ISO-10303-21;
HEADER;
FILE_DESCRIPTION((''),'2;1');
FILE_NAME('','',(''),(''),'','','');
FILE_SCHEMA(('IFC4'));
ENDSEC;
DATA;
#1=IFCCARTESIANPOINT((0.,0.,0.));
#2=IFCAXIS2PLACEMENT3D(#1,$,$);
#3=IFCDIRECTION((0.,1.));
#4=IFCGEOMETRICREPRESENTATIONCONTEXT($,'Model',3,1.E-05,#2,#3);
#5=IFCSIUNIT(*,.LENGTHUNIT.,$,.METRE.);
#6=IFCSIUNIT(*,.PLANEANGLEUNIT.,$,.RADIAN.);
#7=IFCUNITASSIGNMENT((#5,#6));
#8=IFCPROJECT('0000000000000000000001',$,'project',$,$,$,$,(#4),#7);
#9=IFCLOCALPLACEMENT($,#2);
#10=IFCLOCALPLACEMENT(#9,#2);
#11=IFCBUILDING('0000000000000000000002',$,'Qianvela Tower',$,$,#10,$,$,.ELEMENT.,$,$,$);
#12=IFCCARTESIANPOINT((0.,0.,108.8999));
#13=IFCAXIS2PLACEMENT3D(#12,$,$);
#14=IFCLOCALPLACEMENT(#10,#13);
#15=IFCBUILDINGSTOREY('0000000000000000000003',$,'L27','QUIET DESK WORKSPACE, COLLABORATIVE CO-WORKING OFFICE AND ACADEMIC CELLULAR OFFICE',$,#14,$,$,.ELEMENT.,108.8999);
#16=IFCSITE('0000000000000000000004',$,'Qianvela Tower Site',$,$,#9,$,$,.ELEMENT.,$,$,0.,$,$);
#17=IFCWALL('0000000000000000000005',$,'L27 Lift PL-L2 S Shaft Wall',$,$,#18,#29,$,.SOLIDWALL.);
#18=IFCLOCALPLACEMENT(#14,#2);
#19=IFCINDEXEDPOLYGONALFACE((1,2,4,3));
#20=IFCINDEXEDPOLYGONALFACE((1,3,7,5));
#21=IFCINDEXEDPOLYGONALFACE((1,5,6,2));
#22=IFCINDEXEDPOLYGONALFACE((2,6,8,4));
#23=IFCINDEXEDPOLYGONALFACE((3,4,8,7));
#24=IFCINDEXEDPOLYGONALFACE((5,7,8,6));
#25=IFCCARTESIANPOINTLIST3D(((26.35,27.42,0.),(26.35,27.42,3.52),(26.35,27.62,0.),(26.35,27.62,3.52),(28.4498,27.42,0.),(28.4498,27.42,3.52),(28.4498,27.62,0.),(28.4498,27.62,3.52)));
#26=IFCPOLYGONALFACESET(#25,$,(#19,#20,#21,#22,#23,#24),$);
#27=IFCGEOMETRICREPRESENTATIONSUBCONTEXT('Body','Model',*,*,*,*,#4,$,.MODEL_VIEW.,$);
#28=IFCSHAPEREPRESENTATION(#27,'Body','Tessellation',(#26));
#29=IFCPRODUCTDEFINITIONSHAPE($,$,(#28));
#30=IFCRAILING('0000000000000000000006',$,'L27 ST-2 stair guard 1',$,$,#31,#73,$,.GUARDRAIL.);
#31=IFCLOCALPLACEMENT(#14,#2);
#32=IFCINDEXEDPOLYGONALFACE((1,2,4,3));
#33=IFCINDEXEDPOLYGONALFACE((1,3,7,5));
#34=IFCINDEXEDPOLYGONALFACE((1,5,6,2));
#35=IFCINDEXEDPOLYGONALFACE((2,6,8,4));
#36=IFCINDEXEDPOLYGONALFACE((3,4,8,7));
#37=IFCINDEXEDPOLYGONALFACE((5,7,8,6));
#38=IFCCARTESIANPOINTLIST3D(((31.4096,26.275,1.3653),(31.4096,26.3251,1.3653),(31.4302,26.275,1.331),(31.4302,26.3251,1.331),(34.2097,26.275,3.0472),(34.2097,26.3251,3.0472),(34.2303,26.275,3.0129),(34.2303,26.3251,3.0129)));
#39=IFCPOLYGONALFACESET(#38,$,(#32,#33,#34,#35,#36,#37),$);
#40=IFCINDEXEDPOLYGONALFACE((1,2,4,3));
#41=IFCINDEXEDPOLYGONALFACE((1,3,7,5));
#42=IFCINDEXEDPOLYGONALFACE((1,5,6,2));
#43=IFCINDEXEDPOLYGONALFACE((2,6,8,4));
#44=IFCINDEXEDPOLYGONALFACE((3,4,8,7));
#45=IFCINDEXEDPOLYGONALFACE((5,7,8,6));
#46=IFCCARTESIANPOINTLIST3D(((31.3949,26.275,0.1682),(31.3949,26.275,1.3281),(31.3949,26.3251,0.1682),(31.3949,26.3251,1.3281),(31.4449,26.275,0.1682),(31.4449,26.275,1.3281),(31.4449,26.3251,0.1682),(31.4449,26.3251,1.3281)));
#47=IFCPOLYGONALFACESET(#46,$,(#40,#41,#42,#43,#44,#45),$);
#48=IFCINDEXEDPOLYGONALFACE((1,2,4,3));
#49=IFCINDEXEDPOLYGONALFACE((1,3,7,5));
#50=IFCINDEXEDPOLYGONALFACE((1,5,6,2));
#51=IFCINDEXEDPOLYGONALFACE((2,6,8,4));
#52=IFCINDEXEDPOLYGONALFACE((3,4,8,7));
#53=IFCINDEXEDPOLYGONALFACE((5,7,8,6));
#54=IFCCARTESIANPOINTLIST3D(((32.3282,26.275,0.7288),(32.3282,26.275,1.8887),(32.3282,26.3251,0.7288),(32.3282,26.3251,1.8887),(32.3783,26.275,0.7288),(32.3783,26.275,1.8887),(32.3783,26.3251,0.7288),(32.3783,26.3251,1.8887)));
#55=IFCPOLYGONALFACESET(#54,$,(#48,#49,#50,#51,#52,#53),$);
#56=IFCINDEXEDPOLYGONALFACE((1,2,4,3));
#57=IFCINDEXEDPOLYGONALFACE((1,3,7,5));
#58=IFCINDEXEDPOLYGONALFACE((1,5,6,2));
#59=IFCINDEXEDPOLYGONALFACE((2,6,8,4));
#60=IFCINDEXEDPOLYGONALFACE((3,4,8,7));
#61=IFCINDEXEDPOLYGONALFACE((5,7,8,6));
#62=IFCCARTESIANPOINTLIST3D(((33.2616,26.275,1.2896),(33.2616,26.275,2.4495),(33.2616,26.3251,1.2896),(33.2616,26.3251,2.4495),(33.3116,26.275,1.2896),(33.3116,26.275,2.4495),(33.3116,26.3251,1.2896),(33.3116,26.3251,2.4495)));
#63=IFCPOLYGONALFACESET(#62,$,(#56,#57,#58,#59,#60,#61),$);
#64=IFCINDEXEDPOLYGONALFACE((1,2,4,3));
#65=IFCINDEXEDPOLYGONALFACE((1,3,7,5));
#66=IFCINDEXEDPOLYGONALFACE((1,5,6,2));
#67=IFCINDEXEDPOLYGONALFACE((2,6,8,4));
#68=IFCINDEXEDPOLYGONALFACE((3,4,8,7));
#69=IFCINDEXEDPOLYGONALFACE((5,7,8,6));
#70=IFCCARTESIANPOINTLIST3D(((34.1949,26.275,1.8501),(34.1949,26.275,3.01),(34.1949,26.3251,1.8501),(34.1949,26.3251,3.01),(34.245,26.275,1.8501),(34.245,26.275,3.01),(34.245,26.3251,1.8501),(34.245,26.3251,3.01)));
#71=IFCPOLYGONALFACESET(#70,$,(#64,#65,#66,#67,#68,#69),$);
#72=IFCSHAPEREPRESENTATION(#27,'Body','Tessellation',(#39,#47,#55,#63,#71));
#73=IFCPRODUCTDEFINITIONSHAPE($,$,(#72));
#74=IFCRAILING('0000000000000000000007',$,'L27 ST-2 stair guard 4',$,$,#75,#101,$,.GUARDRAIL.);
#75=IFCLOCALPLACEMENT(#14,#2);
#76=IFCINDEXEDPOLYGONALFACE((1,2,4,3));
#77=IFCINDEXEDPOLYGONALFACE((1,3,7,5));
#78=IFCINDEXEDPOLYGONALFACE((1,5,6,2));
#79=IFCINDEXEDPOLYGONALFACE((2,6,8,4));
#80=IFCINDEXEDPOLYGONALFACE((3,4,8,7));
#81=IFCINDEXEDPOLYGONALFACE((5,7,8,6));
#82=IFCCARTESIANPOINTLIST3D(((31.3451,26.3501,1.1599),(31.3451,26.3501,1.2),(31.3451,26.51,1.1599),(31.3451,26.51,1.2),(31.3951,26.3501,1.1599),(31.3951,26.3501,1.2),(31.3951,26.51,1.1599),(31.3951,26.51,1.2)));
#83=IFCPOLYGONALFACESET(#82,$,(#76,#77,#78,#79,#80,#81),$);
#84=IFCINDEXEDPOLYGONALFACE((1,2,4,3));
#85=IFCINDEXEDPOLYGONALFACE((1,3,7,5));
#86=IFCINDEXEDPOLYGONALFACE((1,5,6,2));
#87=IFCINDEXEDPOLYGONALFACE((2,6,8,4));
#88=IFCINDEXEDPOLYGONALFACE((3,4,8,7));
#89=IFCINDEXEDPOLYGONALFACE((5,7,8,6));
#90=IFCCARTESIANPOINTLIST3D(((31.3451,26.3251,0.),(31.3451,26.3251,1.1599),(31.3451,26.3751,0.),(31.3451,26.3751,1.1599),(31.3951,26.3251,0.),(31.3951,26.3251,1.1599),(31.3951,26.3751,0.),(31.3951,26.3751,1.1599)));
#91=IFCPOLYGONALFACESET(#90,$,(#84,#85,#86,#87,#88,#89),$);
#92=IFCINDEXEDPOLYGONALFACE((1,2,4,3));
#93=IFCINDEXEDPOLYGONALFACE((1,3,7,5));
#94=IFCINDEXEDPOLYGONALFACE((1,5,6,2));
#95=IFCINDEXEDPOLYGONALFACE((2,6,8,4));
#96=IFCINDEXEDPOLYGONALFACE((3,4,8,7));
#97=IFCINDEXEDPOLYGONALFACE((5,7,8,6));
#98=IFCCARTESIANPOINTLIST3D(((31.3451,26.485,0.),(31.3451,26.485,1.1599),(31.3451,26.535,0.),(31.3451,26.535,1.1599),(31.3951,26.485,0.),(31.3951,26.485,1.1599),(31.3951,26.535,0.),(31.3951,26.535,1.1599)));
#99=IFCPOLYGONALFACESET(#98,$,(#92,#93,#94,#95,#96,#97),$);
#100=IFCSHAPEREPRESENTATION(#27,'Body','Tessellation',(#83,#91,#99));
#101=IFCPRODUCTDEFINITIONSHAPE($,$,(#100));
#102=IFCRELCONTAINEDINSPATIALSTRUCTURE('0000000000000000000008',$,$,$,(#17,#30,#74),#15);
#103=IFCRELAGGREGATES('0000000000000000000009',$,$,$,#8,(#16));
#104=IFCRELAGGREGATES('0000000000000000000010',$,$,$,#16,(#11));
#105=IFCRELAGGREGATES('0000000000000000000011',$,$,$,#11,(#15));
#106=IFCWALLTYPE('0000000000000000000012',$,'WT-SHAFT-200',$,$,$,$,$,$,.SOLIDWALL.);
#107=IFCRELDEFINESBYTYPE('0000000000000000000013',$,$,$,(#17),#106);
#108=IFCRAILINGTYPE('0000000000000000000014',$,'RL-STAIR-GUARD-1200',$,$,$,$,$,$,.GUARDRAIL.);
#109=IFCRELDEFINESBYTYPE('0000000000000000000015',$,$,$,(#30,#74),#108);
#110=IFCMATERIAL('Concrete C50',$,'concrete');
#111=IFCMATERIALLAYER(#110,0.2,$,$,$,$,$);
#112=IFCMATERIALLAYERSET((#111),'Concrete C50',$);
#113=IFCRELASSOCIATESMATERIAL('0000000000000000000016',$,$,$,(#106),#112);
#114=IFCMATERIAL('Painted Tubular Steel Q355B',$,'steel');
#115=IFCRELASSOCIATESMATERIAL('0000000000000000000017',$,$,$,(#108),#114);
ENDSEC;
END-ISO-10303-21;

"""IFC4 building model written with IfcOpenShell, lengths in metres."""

from ifc_helpers import new_model, si_unit, direction, frame, frame_2d, origin, origin_2d, place, context, subcontext, project, spatial, rectangle, extrude, material, layer, layer_set, type_object, element, save


model = new_model("IFC4")

# Units and contexts
model_context = context("Model", 3, precision=1e-05, world=origin(), true_north=direction((0.0, 1.0)))
body_context = subcontext(model_context, "Body", "Model", "MODEL_VIEW")
ifc_project = project(units=[si_unit("LENGTHUNIT", "METRE"), si_unit("PLANEANGLEUNIT", "RADIAN")], contexts=[model_context])

# Site, building, storey
site_placement = place(None, origin())
site = spatial("IfcSite", under=ifc_project, at=site_placement, Name="Qianvela Tower Site", CompositionType="ELEMENT", RefElevation=0.0)
building_placement = place(site_placement, origin())
building = spatial("IfcBuilding", under=site, at=building_placement, Name="Qianvela Tower", CompositionType="ELEMENT")
storey_placement = place(building_placement, frame((0.0, 0.0, 108.8999)))
storey = spatial("IfcBuildingStorey", under=building, at=storey_placement, Name="L27", Description="QUIET DESK WORKSPACE, COLLABORATIVE CO-WORKING OFFICE AND ACADEMIC CELLULAR OFFICE", CompositionType="ELEMENT", Elevation=108.8999)

# Shared definitions
ifc_material_1 = material(Name="Concrete C50", Category="concrete")
ifc_layer_1 = layer(ifc_material_1, 0.2)
ifc_layer_set_1 = layer_set([ifc_layer_1], Name="Concrete C50")
wall_type_1 = type_object("IfcWallType", Name="WT-SHAFT-200", PredefinedType="SOLIDWALL", material=ifc_layer_set_1)

# Wall
wall_1_placement = place(storey_placement, frame((26.3501, 27.52, 0.0), z_axis=(0.0, 0.0, 1.0), x_axis=(1.0, 0.0, 0.0)))
element("IfcWall", 1, at=wall_1_placement, inside=storey, type_object=wall_type_1, Name="L27 Lift PL-L2 S Shaft Wall", PredefinedType="SOLIDWALL", context=body_context, shape_type="SweptSolid", body=[
    extrude(rectangle(XDim=2.0999, YDim=0.2, at=frame_2d((1.0498, 0.0))), origin(), (0.0, 0.0, 1.0), 3.52),
])

# Railings
ifc_material_2 = material(Name="Painted Tubular Steel Q355B", Category="steel")
railing_type = type_object("IfcRailingType", Name="RL-STAIR-GUARD-1200", PredefinedType="GUARDRAIL", material=ifc_material_2)
railing_1_placement = place(storey_placement, frame((31.4199, 26.3, 0.1682)))
element("IfcRailing", 2, at=railing_1_placement, inside=storey, type_object=railing_type, Name="L27 ST-2 stair guard 1", PredefinedType="GUARDRAIL", context=body_context, shape_type="SweptSolid", body=[
    extrude(rectangle(XDim=0.05, YDim=0.04, at=origin_2d()), frame((0.0, 0.0, 1.1799), z_axis=(0.857242, 0.0, 0.514913), x_axis=(0.0, 1.0, 0.0)), (0.0, 0.0, 1.0), 3.2664),
    extrude(rectangle(XDim=0.05, YDim=0.05, at=origin_2d()), origin(), (0.0, 0.0, 1.0), 1.1599),
    extrude(rectangle(XDim=0.05, YDim=0.05, at=origin_2d()), frame((0.9333, 0.0, 0.5605)), (0.0, 0.0, 1.0), 1.1599),
    extrude(rectangle(XDim=0.05, YDim=0.05, at=origin_2d()), frame((1.8667, 0.0, 1.1213)), (0.0, 0.0, 1.0), 1.1599),
    extrude(rectangle(XDim=0.05, YDim=0.05, at=origin_2d()), frame((2.8, 0.0, 1.6819)), (0.0, 0.0, 1.0), 1.1599),
])
railing_2_placement = place(storey_placement, frame((31.3701, 26.3501, 0.0)))
element("IfcRailing", 3, at=railing_2_placement, inside=storey, type_object=railing_type, Name="L27 ST-2 stair guard 4", PredefinedType="GUARDRAIL", context=body_context, shape_type="SweptSolid", body=[
    extrude(rectangle(XDim=0.05, YDim=0.04, at=origin_2d()), frame((0.0, 0.0, 1.1799), z_axis=(0.0, 1.0, 0.0), x_axis=(-1.0, 0.0, 0.0)), (0.0, 0.0, 1.0), 0.1599),
    extrude(rectangle(XDim=0.05, YDim=0.05, at=origin_2d()), origin(), (0.0, 0.0, 1.0), 1.1599),
    extrude(rectangle(XDim=0.05, YDim=0.05, at=origin_2d()), frame((0.0, 0.1599, 0.0)), (0.0, 0.0, 1.0), 1.1599),
])

save(model, "model.ifc")
